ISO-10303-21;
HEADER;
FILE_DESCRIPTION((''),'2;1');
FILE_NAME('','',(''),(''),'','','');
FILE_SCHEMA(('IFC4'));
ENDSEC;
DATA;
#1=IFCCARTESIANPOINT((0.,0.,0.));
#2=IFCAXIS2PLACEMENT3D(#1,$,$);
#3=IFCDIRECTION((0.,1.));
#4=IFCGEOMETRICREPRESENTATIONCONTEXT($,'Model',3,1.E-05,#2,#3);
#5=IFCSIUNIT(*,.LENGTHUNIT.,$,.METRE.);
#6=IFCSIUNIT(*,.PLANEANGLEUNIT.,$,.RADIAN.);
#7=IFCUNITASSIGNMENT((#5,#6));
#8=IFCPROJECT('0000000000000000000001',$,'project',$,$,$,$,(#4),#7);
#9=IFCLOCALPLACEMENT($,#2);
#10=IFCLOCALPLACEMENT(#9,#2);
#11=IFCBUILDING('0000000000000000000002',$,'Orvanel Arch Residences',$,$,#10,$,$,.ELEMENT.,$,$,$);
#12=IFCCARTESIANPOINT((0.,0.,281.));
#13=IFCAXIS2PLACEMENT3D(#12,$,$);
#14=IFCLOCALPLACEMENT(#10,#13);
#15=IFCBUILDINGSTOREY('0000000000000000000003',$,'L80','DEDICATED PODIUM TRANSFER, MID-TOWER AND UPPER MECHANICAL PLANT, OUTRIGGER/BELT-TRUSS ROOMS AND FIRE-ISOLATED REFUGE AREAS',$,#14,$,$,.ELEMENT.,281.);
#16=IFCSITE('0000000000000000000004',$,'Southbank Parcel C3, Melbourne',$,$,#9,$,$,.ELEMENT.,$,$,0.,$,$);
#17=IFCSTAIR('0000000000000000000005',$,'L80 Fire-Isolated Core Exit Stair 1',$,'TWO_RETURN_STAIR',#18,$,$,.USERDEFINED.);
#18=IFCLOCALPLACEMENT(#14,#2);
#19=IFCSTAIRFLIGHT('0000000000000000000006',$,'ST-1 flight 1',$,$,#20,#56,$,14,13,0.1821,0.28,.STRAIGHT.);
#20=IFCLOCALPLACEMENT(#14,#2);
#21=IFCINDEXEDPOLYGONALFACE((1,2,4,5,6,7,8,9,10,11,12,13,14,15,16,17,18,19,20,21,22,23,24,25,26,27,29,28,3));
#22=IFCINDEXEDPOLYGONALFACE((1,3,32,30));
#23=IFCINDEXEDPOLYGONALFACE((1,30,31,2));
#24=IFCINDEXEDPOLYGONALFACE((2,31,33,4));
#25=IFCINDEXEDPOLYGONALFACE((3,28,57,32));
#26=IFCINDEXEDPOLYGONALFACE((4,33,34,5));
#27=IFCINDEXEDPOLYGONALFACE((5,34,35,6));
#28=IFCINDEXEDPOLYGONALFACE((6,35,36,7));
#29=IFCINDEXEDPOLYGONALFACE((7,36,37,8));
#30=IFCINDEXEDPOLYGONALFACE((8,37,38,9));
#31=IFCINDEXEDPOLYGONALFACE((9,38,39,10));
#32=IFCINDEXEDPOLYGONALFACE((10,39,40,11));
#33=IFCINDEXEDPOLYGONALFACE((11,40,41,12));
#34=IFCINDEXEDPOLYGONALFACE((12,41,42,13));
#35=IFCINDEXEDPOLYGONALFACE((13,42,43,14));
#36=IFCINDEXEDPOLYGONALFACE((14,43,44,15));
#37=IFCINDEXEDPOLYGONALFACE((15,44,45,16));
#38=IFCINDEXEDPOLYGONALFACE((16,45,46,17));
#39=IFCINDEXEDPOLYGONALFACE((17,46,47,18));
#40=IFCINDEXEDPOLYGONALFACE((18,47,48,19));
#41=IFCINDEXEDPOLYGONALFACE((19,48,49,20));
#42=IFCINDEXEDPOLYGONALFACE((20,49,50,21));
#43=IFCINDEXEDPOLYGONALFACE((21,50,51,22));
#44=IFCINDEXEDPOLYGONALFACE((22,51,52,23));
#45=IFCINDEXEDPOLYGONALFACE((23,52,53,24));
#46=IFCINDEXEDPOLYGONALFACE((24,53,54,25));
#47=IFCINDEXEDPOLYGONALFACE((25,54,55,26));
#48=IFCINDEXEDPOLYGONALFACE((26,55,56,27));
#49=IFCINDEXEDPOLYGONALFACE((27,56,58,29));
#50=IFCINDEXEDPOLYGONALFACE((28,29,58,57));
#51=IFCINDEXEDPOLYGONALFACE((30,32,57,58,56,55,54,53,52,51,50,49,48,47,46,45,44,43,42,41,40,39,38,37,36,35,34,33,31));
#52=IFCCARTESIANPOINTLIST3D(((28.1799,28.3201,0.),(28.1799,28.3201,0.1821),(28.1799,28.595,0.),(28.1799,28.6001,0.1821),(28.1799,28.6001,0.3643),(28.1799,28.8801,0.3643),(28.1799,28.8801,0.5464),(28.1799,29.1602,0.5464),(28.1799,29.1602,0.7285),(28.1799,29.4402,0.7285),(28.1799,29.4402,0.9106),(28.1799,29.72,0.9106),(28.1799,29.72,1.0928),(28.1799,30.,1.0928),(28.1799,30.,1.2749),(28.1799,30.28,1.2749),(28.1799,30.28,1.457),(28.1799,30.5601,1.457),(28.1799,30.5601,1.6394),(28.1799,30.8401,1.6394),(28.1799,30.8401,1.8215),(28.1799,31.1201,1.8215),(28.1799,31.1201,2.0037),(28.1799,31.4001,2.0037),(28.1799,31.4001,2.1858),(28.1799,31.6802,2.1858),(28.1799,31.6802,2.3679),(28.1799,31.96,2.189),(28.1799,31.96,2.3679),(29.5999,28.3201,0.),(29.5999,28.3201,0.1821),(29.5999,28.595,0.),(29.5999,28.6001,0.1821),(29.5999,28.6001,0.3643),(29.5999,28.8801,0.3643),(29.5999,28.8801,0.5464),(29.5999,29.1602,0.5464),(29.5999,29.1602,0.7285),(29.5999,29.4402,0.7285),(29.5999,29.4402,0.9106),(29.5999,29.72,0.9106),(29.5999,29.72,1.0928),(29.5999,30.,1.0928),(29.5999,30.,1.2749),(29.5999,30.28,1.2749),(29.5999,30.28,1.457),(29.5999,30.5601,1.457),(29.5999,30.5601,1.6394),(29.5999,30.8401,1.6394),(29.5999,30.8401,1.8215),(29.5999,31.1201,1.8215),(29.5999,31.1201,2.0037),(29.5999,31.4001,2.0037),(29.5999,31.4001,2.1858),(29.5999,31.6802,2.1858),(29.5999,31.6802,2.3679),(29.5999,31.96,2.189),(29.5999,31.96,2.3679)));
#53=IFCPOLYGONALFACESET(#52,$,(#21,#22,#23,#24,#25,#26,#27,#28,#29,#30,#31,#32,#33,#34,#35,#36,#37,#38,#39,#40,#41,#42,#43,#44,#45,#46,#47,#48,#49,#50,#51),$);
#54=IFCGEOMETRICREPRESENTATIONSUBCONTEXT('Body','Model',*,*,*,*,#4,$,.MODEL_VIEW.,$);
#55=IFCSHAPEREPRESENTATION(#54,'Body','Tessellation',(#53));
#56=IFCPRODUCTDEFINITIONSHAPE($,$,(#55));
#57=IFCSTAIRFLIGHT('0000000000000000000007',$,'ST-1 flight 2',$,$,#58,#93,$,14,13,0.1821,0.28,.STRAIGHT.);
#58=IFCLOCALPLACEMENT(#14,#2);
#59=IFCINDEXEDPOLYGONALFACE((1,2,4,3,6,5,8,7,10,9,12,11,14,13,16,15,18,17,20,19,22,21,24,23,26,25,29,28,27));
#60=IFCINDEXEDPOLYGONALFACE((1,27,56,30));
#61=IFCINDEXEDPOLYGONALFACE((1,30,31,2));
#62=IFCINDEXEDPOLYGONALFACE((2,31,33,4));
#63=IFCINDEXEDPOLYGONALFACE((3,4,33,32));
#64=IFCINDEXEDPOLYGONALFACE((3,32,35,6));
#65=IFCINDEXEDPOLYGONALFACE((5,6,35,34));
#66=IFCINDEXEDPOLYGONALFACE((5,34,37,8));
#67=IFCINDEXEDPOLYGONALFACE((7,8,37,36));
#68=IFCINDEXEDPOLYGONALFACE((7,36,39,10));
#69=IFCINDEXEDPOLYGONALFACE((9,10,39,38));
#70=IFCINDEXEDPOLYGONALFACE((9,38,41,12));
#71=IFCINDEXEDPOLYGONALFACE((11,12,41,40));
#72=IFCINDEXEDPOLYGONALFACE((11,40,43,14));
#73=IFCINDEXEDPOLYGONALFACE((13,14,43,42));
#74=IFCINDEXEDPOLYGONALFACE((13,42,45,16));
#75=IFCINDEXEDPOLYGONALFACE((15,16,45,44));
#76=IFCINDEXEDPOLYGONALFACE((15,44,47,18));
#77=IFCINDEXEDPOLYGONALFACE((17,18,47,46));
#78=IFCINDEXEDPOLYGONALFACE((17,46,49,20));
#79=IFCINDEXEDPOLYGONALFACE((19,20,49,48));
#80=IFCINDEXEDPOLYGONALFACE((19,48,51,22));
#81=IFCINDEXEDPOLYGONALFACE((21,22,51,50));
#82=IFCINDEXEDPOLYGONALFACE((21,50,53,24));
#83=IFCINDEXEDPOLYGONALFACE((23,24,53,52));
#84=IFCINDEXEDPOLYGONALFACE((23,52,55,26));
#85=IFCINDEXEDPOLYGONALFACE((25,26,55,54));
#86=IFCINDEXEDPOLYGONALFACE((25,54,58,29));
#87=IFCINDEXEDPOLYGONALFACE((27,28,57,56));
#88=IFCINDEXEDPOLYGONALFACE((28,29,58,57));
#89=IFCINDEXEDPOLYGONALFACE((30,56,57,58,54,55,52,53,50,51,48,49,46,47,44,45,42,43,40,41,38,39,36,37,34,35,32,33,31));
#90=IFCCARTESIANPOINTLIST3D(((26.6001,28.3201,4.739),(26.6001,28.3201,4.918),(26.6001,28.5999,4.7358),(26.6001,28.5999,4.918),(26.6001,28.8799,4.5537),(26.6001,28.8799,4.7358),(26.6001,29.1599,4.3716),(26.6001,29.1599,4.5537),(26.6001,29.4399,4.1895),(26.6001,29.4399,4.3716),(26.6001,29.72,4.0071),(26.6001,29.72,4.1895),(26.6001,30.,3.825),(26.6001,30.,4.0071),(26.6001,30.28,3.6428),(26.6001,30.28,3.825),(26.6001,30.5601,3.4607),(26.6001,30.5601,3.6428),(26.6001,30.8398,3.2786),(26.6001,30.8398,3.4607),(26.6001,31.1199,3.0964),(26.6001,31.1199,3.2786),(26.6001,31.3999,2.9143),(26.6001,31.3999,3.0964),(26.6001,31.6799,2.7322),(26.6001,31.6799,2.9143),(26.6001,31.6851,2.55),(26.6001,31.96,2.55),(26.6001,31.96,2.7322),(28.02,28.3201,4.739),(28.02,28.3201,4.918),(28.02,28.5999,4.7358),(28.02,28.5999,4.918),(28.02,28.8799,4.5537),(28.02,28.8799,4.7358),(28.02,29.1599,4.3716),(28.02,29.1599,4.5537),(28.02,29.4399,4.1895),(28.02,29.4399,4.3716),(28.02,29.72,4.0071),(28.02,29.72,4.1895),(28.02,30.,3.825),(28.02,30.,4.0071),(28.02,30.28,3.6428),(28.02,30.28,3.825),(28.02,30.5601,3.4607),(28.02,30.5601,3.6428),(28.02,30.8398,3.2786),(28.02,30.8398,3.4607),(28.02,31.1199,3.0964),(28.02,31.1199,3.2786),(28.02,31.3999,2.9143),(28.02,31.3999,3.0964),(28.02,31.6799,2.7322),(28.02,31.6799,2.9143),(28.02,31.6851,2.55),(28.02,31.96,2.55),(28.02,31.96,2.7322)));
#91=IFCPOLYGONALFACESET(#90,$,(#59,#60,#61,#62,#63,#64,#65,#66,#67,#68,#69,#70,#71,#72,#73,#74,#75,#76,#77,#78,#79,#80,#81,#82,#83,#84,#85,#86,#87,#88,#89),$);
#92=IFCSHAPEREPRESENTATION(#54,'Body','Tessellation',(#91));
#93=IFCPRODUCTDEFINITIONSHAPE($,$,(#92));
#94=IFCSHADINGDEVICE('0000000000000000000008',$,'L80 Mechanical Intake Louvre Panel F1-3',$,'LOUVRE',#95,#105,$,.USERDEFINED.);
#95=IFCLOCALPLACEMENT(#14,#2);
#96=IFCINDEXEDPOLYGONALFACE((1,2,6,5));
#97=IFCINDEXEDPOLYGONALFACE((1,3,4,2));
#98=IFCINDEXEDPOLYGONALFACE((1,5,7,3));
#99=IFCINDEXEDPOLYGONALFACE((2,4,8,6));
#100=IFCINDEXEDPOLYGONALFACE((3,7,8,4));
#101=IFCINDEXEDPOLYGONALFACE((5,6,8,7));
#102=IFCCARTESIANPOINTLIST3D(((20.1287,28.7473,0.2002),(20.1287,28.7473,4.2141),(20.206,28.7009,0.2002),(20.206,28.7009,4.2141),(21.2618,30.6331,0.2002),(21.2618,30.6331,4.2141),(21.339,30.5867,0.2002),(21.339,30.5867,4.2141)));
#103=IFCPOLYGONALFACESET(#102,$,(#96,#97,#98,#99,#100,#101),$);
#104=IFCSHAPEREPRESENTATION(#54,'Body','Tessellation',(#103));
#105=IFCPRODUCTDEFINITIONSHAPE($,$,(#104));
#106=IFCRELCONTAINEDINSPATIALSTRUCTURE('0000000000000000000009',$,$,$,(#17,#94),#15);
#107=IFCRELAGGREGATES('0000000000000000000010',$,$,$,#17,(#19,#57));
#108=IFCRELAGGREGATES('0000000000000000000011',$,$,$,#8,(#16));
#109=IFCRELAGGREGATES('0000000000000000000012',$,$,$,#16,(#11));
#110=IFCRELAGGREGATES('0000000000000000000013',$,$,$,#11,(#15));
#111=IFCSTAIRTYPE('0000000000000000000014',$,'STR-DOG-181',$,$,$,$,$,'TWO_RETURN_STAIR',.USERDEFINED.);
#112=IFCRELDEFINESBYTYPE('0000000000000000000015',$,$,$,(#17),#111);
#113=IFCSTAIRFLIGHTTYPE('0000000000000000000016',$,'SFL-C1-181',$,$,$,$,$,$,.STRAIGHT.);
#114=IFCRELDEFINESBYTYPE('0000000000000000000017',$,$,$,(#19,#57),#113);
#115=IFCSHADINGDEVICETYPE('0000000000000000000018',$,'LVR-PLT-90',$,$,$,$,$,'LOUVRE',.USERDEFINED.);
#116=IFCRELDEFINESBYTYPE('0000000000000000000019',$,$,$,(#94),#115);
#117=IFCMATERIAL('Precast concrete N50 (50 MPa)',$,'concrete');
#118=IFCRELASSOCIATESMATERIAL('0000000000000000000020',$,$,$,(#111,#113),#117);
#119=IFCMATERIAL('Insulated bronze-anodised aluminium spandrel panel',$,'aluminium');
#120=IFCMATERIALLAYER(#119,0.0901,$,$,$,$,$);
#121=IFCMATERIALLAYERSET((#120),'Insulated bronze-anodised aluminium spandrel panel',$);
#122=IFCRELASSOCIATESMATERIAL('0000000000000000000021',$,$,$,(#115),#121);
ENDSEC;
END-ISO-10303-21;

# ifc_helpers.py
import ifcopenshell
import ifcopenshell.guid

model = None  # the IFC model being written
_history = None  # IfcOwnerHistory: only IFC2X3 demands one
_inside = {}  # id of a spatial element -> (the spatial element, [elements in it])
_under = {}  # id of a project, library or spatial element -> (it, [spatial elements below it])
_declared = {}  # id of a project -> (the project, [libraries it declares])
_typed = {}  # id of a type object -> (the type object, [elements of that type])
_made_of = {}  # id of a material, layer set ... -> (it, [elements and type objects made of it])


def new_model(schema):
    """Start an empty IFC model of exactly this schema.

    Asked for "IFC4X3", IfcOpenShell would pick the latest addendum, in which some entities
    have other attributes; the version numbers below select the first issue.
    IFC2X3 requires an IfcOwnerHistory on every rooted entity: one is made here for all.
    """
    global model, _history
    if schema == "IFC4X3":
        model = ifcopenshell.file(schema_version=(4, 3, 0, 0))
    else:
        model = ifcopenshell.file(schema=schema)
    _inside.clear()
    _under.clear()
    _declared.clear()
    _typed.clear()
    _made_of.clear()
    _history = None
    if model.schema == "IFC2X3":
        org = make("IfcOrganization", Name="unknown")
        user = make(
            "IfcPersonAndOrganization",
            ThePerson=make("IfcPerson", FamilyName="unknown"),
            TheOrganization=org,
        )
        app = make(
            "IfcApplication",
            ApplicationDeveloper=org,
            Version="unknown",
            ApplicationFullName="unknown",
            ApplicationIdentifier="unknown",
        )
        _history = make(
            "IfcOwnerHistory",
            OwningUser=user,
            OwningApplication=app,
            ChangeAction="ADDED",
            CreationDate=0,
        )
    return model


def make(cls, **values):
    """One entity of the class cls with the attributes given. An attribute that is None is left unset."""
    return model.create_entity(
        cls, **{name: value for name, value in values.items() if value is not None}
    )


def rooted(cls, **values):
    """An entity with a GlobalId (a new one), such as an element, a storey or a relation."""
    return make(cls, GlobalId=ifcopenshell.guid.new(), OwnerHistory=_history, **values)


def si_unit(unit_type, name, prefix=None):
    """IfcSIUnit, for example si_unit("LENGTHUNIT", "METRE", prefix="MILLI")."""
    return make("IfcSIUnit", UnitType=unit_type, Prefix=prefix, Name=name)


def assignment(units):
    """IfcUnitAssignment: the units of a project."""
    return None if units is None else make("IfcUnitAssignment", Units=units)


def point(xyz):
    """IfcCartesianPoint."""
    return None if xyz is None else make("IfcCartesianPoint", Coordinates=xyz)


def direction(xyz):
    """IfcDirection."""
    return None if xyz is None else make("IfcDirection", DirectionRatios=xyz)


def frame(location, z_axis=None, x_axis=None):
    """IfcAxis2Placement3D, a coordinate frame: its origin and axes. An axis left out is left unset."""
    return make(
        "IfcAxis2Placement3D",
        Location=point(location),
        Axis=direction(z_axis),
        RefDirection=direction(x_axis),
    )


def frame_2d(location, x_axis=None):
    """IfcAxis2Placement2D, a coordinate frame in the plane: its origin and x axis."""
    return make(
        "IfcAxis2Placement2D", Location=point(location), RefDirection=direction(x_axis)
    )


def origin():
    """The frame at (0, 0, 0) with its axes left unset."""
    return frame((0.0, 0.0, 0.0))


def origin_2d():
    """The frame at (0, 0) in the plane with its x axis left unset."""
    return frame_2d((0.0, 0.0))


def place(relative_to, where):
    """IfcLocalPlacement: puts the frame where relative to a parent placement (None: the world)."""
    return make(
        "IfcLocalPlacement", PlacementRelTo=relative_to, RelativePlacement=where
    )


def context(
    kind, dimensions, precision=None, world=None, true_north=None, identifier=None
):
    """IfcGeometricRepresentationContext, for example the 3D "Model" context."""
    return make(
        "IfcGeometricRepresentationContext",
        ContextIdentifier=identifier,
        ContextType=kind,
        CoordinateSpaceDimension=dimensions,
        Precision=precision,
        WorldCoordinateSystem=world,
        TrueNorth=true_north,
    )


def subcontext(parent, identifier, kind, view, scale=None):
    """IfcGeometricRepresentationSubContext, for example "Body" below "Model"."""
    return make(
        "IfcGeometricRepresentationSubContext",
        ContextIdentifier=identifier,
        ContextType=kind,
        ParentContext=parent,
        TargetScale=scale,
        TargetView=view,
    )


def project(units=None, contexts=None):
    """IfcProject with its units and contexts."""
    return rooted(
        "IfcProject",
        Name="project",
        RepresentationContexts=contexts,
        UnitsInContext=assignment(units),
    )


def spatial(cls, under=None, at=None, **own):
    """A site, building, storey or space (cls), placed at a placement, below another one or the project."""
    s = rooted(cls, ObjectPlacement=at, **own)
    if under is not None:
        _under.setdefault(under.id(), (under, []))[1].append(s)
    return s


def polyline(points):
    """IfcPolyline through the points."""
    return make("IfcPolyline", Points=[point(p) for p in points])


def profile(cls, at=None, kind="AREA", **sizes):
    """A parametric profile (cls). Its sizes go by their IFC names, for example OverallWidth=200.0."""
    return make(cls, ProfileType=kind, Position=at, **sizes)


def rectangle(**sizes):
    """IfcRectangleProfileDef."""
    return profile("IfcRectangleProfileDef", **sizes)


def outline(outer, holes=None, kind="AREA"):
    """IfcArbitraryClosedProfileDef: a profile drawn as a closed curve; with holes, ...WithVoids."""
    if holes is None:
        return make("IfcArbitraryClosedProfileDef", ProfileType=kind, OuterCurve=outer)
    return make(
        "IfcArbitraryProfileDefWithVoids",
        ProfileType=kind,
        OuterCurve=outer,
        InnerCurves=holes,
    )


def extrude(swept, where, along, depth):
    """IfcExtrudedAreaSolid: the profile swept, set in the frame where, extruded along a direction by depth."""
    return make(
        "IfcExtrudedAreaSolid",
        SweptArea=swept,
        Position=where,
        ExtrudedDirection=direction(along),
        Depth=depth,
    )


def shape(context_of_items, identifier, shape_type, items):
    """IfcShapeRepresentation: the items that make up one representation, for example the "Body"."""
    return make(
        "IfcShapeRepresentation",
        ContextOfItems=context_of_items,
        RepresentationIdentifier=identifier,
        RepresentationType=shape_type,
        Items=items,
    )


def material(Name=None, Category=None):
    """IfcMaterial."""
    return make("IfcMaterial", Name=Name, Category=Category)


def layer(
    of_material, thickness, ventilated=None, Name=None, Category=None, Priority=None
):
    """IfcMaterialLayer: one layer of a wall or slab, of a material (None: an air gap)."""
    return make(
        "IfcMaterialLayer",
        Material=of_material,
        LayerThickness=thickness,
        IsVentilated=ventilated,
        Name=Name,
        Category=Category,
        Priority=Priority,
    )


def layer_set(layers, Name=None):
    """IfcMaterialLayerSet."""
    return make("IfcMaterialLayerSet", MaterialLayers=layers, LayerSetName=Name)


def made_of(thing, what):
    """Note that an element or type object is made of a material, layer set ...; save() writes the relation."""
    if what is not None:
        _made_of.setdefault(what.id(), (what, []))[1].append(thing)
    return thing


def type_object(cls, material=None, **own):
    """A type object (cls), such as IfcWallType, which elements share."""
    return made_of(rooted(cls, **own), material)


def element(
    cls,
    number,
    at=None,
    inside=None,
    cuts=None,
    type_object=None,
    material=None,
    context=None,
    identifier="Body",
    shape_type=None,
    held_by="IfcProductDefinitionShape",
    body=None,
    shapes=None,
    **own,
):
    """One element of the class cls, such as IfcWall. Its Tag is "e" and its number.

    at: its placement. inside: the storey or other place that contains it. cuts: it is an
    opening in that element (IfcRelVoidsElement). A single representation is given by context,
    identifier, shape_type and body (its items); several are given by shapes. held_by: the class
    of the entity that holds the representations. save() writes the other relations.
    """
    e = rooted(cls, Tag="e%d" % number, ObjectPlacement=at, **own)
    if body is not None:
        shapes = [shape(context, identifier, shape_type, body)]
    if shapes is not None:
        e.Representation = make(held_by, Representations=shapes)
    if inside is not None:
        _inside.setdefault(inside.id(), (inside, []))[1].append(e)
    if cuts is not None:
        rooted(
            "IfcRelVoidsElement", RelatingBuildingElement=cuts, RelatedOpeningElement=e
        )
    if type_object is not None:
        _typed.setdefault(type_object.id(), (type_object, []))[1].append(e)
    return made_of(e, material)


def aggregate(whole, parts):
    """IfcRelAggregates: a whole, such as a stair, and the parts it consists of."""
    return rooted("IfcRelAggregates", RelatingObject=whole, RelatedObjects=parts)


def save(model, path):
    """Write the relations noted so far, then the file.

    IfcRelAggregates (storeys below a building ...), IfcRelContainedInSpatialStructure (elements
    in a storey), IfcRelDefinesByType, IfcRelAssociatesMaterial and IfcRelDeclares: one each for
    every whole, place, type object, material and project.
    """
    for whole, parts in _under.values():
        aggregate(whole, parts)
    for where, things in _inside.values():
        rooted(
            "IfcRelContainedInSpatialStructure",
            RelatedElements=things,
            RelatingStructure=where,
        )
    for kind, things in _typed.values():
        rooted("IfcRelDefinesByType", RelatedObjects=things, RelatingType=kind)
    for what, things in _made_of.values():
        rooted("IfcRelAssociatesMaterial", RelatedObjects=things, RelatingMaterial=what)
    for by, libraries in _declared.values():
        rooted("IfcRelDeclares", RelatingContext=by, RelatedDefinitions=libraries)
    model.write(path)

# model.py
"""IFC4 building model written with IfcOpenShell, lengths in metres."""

from ifc_helpers import new_model, si_unit, direction, frame, origin, origin_2d, place, context, subcontext, project, spatial, polyline, rectangle, outline, extrude, material, layer, layer_set, type_object, element, aggregate, save


model = new_model("IFC4")

# Units and contexts
model_context = context("Model", 3, precision=1e-05, world=origin(), true_north=direction((0.0, 1.0)))
body_context = subcontext(model_context, "Body", "Model", "MODEL_VIEW")
ifc_project = project(units=[si_unit("LENGTHUNIT", "METRE"), si_unit("PLANEANGLEUNIT", "RADIAN")], contexts=[model_context])

# Site, building, storey
site_placement = place(None, origin())
site = spatial("IfcSite", under=ifc_project, at=site_placement, Name="Southbank Parcel C3, Melbourne", CompositionType="ELEMENT", RefElevation=0.0)
building_placement = place(site_placement, origin())
building = spatial("IfcBuilding", under=site, at=building_placement, Name="Orvanel Arch Residences", CompositionType="ELEMENT")
storey_placement = place(building_placement, frame((0.0, 0.0, 281.0)))
storey = spatial("IfcBuildingStorey", under=building, at=storey_placement, Name="L80", Description="DEDICATED PODIUM TRANSFER, MID-TOWER AND UPPER MECHANICAL PLANT, OUTRIGGER/BELT-TRUSS ROOMS AND FIRE-ISOLATED REFUGE AREAS", CompositionType="ELEMENT", Elevation=281.0)

# Stair, stair flights
ifc_material_1 = material(Name="Precast concrete N50 (50 MPa)", Category="concrete")
stair_type = type_object("IfcStairType", Name="STR-DOG-181", ElementType="TWO_RETURN_STAIR", PredefinedType="USERDEFINED", material=ifc_material_1)
stair_placement = place(storey_placement, origin())
stair = element("IfcStair", 1, at=stair_placement, inside=storey, type_object=stair_type, Name="L80 Fire-Isolated Core Exit Stair 1", ObjectType="TWO_RETURN_STAIR", PredefinedType="USERDEFINED")
stair_flight_type = type_object("IfcStairFlightType", Name="SFL-C1-181", PredefinedType="STRAIGHT", material=ifc_material_1)
stair_flight_1_placement = place(storey_placement, frame((28.8899, 28.3201, 0.0), z_axis=(0.0, 0.0, 1.0), x_axis=(0.0, 1.0, 0.0)))
stair_flight_1 = element("IfcStairFlight", 2, at=stair_flight_1_placement, type_object=stair_flight_type, Name="ST-1 flight 1", NumberOfRisers=14, NumberOfTreads=13, PredefinedType="STRAIGHT", RiserHeight=0.1821, TreadLength=0.28, context=body_context, shape_type="SweptSolid", body=[
    extrude(outline(polyline([(0.0, 0.0), (0.0, 0.1821), (0.28, 0.1821), (0.28, 0.3643), (0.5601, 0.3643), (0.5601, 0.5464), (0.8401, 0.5464), (0.8401, 0.7285), (1.1201, 0.7285), (1.1201, 0.9106), (1.3999, 0.9106), (1.3999, 1.0928), (1.6799, 1.0928), (1.6799, 1.2749), (1.96, 1.2749), (1.96, 1.457), (2.24, 1.457), (2.24, 1.6394), (2.52, 1.6394), (2.52, 1.8215), (2.8, 1.8215), (2.8, 2.0037), (3.0801, 2.0037), (3.0801, 2.1858), (3.3601, 2.1858), (3.3601, 2.3679), (3.6399, 2.3679), (3.6399, 2.55), (3.6399, 2.189), (0.2749, 0.0), (0.0, 0.0)])), frame((0.0, 0.71, 0.0), z_axis=(0.0, -1.0, 0.0), x_axis=(1.0, 0.0, 0.0)), (0.0, 0.0, 1.0), 1.4199),
])
stair_flight_2_placement = place(storey_placement, frame((27.3101, 31.96, 2.55), z_axis=(0.0, 0.0, 1.0), x_axis=(0.0, -1.0, 0.0)))
stair_flight_2 = element("IfcStairFlight", 3, at=stair_flight_2_placement, type_object=stair_flight_type, Name="ST-1 flight 2", NumberOfRisers=14, NumberOfTreads=13, PredefinedType="STRAIGHT", RiserHeight=0.1821, TreadLength=0.28, context=body_context, shape_type="SweptSolid", body=[
    extrude(outline(polyline([(0.0, 0.0), (0.0, 0.1821), (0.28, 0.1821), (0.28, 0.3643), (0.5601, 0.3643), (0.5601, 0.5464), (0.8401, 0.5464), (0.8401, 0.7285), (1.1201, 0.7285), (1.1201, 0.9106), (1.3999, 0.9106), (1.3999, 1.0928), (1.6799, 1.0928), (1.6799, 1.2749), (1.96, 1.2749), (1.96, 1.457), (2.24, 1.457), (2.24, 1.6394), (2.52, 1.6394), (2.52, 1.8215), (2.8, 1.8215), (2.8, 2.0037), (3.0801, 2.0037), (3.0801, 2.1858), (3.3601, 2.1858), (3.3601, 2.3679), (3.6399, 2.3679), (3.6399, 2.55), (3.6399, 2.189), (0.2749, 0.0), (0.0, 0.0)])), frame((0.0, 0.71, 0.0), z_axis=(0.0, -1.0, 0.0), x_axis=(1.0, 0.0, 0.0)), (0.0, 0.0, 1.0), 1.4199),
])
aggregate(stair, [stair_flight_1, stair_flight_2])

# Shading device
ifc_material_2 = material(Name="Insulated bronze-anodised aluminium spandrel panel", Category="aluminium")
ifc_layer_1 = layer(ifc_material_2, 0.0901)
ifc_layer_set_1 = layer_set([ifc_layer_1], Name="Insulated bronze-anodised aluminium spandrel panel")
shading_device_type = type_object("IfcShadingDeviceType", Name="LVR-PLT-90", ElementType="LOUVRE", PredefinedType="USERDEFINED", material=ifc_layer_set_1)
shading_device_placement = place(storey_placement, frame((20.7339, 29.667, 0.2002), z_axis=(0.0, 0.0, 1.0), x_axis=(-0.515038, -0.857167, 0.0)))
element("IfcShadingDevice", 4, at=shading_device_placement, inside=storey, type_object=shading_device_type, Name="L80 Mechanical Intake Louvre Panel F1-3", ObjectType="LOUVRE", PredefinedType="USERDEFINED", context=body_context, shape_type="SweptSolid", body=[
    extrude(rectangle(XDim=2.2, YDim=0.0901, at=origin_2d()), origin(), (0.0, 0.0, 1.0), 4.0139),
])

save(model, "model.ifc")
